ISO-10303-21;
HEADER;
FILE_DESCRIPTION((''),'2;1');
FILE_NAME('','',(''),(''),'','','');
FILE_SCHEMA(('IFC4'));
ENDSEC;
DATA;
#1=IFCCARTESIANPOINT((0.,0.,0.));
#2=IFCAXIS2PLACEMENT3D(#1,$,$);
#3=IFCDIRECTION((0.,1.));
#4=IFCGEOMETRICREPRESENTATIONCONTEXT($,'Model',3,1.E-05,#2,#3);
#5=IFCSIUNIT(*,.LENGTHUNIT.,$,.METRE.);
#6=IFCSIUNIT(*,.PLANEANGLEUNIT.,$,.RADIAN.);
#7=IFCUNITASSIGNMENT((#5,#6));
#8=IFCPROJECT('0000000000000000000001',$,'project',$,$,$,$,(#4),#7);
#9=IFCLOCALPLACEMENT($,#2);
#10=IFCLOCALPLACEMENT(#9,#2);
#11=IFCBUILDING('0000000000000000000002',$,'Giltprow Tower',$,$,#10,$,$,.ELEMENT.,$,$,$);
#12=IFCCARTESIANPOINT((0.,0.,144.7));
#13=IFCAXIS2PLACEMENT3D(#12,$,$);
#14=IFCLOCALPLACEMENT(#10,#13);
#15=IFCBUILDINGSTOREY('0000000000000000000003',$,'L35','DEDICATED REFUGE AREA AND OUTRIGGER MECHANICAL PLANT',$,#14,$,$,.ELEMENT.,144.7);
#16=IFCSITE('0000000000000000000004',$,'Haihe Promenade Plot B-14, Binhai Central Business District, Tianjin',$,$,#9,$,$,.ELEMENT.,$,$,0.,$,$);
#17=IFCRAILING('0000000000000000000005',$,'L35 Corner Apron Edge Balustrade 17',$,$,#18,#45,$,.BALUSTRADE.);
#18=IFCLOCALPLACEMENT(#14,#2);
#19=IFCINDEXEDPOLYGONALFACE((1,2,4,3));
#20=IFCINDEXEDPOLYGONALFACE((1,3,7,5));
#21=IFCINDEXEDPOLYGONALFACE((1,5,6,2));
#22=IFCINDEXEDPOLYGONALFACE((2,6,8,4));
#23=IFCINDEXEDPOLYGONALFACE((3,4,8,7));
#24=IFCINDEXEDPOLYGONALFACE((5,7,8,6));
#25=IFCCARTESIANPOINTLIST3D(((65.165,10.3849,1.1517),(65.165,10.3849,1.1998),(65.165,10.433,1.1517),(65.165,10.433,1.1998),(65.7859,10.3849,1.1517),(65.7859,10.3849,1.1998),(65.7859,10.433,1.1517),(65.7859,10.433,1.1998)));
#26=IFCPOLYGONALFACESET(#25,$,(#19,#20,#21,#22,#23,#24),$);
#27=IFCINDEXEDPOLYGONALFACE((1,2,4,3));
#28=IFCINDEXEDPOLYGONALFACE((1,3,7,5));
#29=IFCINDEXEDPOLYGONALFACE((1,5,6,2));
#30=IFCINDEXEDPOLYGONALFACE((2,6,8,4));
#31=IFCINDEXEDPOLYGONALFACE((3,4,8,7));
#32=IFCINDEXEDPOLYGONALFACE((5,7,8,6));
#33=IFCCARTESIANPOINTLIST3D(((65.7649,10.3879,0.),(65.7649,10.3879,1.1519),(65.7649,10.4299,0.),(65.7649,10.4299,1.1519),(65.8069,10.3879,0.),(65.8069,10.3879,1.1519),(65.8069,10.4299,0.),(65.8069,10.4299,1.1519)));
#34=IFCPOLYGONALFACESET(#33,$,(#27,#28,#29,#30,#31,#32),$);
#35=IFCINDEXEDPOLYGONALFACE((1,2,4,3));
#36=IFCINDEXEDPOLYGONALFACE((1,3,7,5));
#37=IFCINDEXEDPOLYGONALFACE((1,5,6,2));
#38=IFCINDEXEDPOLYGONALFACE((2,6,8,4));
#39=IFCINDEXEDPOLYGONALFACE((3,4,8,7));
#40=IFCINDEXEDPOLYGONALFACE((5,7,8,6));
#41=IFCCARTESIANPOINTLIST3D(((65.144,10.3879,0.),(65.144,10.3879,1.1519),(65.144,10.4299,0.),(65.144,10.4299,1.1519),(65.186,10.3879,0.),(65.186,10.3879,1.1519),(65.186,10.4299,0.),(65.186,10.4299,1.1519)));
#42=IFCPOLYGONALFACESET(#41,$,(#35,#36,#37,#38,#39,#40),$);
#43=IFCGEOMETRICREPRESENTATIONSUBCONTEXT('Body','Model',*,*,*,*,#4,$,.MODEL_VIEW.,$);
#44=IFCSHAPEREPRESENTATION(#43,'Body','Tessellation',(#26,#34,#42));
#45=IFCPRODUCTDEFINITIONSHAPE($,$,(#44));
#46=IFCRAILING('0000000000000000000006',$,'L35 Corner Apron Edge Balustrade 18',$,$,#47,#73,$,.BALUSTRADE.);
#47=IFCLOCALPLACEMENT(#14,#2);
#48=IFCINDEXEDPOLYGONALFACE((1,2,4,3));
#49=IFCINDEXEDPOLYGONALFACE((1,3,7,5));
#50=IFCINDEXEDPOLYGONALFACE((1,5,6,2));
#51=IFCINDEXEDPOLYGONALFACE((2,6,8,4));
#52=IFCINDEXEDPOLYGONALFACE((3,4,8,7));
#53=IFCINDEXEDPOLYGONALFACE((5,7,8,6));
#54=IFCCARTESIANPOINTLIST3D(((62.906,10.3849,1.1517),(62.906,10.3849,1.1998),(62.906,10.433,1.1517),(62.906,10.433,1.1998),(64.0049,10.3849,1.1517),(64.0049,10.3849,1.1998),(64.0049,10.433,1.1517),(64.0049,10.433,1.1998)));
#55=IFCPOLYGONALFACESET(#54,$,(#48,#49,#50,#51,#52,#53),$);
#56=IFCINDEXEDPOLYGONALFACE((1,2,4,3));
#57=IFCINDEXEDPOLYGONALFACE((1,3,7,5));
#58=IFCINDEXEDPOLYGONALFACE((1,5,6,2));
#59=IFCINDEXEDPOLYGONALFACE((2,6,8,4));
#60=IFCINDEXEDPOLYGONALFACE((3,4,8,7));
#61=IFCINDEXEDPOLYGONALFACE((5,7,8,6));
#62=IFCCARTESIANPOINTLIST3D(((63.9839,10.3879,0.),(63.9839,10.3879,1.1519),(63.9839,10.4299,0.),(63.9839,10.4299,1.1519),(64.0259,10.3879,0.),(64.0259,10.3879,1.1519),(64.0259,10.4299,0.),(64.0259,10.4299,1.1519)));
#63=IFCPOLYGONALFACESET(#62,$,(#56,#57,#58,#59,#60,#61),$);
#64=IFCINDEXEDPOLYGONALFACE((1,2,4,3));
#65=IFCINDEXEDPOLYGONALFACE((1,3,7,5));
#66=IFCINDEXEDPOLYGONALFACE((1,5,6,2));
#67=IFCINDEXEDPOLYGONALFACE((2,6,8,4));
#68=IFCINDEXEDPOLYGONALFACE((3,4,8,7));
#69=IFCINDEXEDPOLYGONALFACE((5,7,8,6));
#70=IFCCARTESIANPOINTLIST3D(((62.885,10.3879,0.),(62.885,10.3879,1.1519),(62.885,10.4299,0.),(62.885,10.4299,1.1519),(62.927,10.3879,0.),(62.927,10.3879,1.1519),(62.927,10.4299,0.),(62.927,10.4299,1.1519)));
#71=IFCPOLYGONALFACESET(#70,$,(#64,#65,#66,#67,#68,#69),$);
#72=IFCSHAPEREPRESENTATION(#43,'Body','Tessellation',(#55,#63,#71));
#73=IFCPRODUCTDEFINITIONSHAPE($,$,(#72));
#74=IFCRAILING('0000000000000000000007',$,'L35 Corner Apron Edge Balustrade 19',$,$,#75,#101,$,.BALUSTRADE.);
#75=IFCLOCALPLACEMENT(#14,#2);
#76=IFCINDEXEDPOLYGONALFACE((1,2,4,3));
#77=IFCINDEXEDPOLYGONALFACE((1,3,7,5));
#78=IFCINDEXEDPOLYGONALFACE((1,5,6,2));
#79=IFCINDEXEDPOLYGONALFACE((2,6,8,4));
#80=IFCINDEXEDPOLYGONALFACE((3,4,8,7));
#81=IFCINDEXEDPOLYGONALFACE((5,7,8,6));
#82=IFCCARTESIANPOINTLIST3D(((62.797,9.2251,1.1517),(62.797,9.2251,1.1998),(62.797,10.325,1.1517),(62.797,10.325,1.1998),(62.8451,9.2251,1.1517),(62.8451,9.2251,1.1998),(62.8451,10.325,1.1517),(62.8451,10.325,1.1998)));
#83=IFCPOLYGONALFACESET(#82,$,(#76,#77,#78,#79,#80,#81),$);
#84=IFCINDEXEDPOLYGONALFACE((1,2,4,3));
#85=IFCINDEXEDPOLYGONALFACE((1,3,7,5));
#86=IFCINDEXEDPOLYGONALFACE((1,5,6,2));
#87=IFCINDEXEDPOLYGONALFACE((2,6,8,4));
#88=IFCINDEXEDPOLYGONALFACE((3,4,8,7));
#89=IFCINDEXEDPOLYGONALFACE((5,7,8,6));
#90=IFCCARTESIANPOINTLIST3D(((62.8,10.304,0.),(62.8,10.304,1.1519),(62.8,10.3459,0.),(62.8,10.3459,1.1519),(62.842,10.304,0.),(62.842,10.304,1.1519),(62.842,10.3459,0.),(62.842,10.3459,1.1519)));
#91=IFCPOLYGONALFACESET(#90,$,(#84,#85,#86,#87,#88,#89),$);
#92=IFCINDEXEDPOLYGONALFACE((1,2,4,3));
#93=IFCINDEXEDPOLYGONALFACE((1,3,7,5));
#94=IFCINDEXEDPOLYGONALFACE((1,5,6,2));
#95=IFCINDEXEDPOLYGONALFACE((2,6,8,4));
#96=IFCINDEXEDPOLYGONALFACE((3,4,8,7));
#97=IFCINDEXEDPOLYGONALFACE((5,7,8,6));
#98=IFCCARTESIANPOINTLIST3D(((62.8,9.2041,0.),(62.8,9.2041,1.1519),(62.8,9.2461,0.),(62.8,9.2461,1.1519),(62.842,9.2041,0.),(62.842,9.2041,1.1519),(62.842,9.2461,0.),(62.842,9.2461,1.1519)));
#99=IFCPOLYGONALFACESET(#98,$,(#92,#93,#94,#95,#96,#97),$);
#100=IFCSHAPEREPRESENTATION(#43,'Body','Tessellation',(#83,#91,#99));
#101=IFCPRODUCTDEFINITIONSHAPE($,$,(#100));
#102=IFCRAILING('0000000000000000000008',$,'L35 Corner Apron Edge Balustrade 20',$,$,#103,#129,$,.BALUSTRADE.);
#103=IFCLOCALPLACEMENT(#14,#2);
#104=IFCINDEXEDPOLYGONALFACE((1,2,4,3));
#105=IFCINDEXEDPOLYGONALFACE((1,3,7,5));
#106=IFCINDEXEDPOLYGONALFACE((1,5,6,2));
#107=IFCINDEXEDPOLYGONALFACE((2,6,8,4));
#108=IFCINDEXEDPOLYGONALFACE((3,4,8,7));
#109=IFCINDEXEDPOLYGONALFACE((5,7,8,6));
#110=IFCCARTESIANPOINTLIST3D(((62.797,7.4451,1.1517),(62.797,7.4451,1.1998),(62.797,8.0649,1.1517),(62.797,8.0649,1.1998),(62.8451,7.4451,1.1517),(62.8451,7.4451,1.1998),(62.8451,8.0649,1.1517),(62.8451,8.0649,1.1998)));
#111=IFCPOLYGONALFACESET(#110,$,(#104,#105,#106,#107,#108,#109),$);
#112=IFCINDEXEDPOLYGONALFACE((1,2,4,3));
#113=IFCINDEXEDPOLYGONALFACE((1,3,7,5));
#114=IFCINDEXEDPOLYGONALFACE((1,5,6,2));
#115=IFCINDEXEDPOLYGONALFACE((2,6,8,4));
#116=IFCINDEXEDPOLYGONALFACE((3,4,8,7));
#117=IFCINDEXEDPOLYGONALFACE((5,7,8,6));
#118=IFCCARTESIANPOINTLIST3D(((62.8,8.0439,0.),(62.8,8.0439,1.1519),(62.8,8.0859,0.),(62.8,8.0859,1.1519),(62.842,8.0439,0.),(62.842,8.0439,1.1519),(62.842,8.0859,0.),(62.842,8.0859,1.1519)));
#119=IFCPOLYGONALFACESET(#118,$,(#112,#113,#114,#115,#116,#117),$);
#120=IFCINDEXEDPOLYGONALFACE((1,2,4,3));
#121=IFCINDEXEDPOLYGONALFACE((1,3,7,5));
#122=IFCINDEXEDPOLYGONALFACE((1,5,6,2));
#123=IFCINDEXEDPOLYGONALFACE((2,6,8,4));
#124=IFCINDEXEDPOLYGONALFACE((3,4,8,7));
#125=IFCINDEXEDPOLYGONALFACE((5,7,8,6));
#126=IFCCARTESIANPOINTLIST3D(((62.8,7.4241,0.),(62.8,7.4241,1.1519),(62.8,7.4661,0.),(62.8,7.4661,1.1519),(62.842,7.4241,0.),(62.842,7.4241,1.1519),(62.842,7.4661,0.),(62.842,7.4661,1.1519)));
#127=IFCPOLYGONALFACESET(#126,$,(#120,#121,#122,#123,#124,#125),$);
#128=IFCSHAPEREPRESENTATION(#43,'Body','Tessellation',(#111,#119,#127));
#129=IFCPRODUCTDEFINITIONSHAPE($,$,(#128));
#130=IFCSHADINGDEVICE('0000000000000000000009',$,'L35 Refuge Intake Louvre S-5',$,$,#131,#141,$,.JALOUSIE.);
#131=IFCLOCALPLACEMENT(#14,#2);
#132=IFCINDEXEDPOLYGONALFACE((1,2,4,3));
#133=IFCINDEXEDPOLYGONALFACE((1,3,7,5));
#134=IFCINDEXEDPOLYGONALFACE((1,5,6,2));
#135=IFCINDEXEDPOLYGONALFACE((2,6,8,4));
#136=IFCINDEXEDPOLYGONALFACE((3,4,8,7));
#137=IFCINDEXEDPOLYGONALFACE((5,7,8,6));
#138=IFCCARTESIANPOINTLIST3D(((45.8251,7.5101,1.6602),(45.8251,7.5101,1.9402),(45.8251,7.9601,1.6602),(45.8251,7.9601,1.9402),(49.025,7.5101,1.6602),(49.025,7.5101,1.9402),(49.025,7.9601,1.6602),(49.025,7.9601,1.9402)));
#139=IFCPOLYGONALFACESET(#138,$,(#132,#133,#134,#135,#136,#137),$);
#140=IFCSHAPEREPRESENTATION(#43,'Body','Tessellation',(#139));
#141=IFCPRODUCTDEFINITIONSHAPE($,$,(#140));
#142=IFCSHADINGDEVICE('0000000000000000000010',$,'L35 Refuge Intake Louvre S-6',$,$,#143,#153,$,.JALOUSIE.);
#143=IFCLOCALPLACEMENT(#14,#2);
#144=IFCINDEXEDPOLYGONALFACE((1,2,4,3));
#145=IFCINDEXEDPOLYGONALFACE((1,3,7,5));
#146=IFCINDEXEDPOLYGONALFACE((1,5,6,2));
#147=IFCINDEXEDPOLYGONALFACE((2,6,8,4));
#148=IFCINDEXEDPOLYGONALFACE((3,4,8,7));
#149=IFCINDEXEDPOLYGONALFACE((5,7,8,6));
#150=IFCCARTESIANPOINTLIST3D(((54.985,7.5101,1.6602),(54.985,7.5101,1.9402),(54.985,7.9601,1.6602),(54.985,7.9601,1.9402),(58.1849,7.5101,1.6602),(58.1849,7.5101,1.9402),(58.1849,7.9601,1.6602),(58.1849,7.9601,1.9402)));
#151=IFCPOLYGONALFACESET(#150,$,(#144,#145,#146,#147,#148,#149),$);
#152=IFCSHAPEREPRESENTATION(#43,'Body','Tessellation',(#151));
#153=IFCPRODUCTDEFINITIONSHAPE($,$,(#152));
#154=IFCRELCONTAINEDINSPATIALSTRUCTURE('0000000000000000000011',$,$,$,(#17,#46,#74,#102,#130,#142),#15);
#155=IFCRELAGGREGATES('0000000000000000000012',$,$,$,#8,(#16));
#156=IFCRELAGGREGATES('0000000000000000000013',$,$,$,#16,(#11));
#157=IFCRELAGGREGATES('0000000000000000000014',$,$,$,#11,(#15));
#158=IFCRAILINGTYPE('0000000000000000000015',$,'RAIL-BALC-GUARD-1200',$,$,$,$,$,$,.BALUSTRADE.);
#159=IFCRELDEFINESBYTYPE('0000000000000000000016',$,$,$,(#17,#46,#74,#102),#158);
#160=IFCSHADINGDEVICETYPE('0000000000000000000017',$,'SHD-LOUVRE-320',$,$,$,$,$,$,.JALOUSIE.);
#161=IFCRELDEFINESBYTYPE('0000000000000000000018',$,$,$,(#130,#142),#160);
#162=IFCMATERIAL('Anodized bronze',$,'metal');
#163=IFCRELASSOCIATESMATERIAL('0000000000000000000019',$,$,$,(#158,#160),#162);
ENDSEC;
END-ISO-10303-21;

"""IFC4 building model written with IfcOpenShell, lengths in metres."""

from ifc_helpers import new_model, si_unit, direction, frame, origin, origin_2d, place, context, subcontext, project, spatial, rectangle, extrude, source, transform, mapped, material, type_object, element, save


model = new_model("IFC4")

# Units and contexts
model_context = context("Model", 3, precision=1e-05, world=origin(), true_north=direction((0.0, 1.0)))
body_context = subcontext(model_context, "Body", "Model", "MODEL_VIEW")
ifc_project = project(units=[si_unit("LENGTHUNIT", "METRE"), si_unit("PLANEANGLEUNIT", "RADIAN")], contexts=[model_context])

# Site, building, storey
site_placement = place(None, origin())
site = spatial("IfcSite", under=ifc_project, at=site_placement, Name="Haihe Promenade Plot B-14, Binhai Central Business District, Tianjin", CompositionType="ELEMENT", RefElevation=0.0)
building_placement = place(site_placement, origin())
building = spatial("IfcBuilding", under=site, at=building_placement, Name="Giltprow Tower", CompositionType="ELEMENT")
storey_placement = place(building_placement, frame((0.0, 0.0, 144.7)))
storey = spatial("IfcBuildingStorey", under=building, at=storey_placement, Name="L35", Description="DEDICATED REFUGE AREA AND OUTRIGGER MECHANICAL PLANT", CompositionType="ELEMENT", Elevation=144.7)

# Railings
ifc_material_1 = material(Name="Anodized bronze", Category="metal")
railing_type = type_object("IfcRailingType", Name="RAIL-BALC-GUARD-1200", PredefinedType="BALUSTRADE", material=ifc_material_1)
railing_1_placement = place(storey_placement, frame((65.7859, 10.4089, 0.0)))
element("IfcRailing", 1, at=railing_1_placement, inside=storey, type_object=railing_type, Name="L35 Corner Apron Edge Balustrade 17", PredefinedType="BALUSTRADE", context=body_context, shape_type="SweptSolid", body=[
    extrude(rectangle(XDim=0.0481, YDim=0.0481, at=origin_2d()), frame((0.0, 0.0, 1.1758), z_axis=(-1.0, 0.0, 0.0), x_axis=(0.0, -1.0, 0.0)), (0.0, 0.0, 1.0), 0.6208),
    extrude(rectangle(XDim=0.042, YDim=0.042, at=origin_2d()), origin(), (0.0, 0.0, 1.0), 1.1519),
    extrude(rectangle(XDim=0.042, YDim=0.042, at=origin_2d()), frame((-0.6208, 0.0, 0.0)), (0.0, 0.0, 1.0), 1.1519),
])
railing_2_placement = place(storey_placement, frame((64.0049, 10.4089, 0.0)))
element("IfcRailing", 2, at=railing_2_placement, inside=storey, type_object=railing_type, Name="L35 Corner Apron Edge Balustrade 18", PredefinedType="BALUSTRADE", context=body_context, shape_type="SweptSolid", body=[
    extrude(rectangle(XDim=0.0481, YDim=0.0481, at=origin_2d()), frame((0.0, 0.0, 1.1758), z_axis=(-1.0, 0.0, 0.0), x_axis=(0.0, -1.0, 0.0)), (0.0, 0.0, 1.0), 1.0989),
    extrude(rectangle(XDim=0.042, YDim=0.042, at=origin_2d()), origin(), (0.0, 0.0, 1.0), 1.1519),
    extrude(rectangle(XDim=0.042, YDim=0.042, at=origin_2d()), frame((-1.0989, 0.0, 0.0)), (0.0, 0.0, 1.0), 1.1519),
])
railing_3_placement = place(storey_placement, frame((62.821, 10.325, 0.0)))
element("IfcRailing", 3, at=railing_3_placement, inside=storey, type_object=railing_type, Name="L35 Corner Apron Edge Balustrade 19", PredefinedType="BALUSTRADE", context=body_context, shape_type="SweptSolid", body=[
    extrude(rectangle(XDim=0.0481, YDim=0.0481, at=origin_2d()), frame((0.0, 0.0, 1.1758), z_axis=(0.0, -1.0, 0.0), x_axis=(1.0, 0.0, 0.0)), (0.0, 0.0, 1.0), 1.0999),
    extrude(rectangle(XDim=0.042, YDim=0.042, at=origin_2d()), origin(), (0.0, 0.0, 1.0), 1.1519),
    extrude(rectangle(XDim=0.042, YDim=0.042, at=origin_2d()), frame((0.0, -1.0999, 0.0)), (0.0, 0.0, 1.0), 1.1519),
])
railing_4_placement = place(storey_placement, frame((62.821, 8.0649, 0.0)))
element("IfcRailing", 4, at=railing_4_placement, inside=storey, type_object=railing_type, Name="L35 Corner Apron Edge Balustrade 20", PredefinedType="BALUSTRADE", context=body_context, shape_type="SweptSolid", body=[
    extrude(rectangle(XDim=0.0481, YDim=0.0481, at=origin_2d()), frame((0.0, 0.0, 1.1758), z_axis=(0.0, -1.0, 0.0), x_axis=(1.0, 0.0, 0.0)), (0.0, 0.0, 1.0), 0.6199),
    extrude(rectangle(XDim=0.042, YDim=0.042, at=origin_2d()), origin(), (0.0, 0.0, 1.0), 1.1519),
    extrude(rectangle(XDim=0.042, YDim=0.042, at=origin_2d()), frame((0.0, -0.6199, 0.0)), (0.0, 0.0, 1.0), 1.1519),
])

# Shading devices
shading_device_type = type_object("IfcShadingDeviceType", Name="SHD-LOUVRE-320", PredefinedType="JALOUSIE", material=ifc_material_1)
shared_shape_1 = source(origin(), body_context, "Body", "SweptSolid", [
    extrude(rectangle(XDim=3.2, YDim=0.45, at=origin_2d()), origin(), (0.0, 0.0, 1.0), 0.28),
])
for number, where, z_axis, x_axis, name in (
    (5, (47.425, 7.7351, 1.6602), (0.0, 0.0, 1.0), (1.0, 0.0, 0.0), "L35 Refuge Intake Louvre S-5"),
    (6, (56.585, 7.7351, 1.6602), (0.0, 0.0, 1.0), (1.0, 0.0, 0.0), "L35 Refuge Intake Louvre S-6"),
):
    element("IfcShadingDevice", number, at=place(storey_placement, frame(where, z_axis=z_axis, x_axis=x_axis)), inside=storey, type_object=shading_device_type, Name=name, PredefinedType="JALOUSIE", context=body_context, shape_type="MappedRepresentation", body=[
        mapped(shared_shape_1, transform((0.0, 0.0, 0.0), x_axis=(1.0, 0.0, 0.0), y_axis=(0.0, 1.0, 0.0), z_axis=(0.0, 0.0, 1.0), scale=1.0)),
    ])

save(model, "model.ifc")
